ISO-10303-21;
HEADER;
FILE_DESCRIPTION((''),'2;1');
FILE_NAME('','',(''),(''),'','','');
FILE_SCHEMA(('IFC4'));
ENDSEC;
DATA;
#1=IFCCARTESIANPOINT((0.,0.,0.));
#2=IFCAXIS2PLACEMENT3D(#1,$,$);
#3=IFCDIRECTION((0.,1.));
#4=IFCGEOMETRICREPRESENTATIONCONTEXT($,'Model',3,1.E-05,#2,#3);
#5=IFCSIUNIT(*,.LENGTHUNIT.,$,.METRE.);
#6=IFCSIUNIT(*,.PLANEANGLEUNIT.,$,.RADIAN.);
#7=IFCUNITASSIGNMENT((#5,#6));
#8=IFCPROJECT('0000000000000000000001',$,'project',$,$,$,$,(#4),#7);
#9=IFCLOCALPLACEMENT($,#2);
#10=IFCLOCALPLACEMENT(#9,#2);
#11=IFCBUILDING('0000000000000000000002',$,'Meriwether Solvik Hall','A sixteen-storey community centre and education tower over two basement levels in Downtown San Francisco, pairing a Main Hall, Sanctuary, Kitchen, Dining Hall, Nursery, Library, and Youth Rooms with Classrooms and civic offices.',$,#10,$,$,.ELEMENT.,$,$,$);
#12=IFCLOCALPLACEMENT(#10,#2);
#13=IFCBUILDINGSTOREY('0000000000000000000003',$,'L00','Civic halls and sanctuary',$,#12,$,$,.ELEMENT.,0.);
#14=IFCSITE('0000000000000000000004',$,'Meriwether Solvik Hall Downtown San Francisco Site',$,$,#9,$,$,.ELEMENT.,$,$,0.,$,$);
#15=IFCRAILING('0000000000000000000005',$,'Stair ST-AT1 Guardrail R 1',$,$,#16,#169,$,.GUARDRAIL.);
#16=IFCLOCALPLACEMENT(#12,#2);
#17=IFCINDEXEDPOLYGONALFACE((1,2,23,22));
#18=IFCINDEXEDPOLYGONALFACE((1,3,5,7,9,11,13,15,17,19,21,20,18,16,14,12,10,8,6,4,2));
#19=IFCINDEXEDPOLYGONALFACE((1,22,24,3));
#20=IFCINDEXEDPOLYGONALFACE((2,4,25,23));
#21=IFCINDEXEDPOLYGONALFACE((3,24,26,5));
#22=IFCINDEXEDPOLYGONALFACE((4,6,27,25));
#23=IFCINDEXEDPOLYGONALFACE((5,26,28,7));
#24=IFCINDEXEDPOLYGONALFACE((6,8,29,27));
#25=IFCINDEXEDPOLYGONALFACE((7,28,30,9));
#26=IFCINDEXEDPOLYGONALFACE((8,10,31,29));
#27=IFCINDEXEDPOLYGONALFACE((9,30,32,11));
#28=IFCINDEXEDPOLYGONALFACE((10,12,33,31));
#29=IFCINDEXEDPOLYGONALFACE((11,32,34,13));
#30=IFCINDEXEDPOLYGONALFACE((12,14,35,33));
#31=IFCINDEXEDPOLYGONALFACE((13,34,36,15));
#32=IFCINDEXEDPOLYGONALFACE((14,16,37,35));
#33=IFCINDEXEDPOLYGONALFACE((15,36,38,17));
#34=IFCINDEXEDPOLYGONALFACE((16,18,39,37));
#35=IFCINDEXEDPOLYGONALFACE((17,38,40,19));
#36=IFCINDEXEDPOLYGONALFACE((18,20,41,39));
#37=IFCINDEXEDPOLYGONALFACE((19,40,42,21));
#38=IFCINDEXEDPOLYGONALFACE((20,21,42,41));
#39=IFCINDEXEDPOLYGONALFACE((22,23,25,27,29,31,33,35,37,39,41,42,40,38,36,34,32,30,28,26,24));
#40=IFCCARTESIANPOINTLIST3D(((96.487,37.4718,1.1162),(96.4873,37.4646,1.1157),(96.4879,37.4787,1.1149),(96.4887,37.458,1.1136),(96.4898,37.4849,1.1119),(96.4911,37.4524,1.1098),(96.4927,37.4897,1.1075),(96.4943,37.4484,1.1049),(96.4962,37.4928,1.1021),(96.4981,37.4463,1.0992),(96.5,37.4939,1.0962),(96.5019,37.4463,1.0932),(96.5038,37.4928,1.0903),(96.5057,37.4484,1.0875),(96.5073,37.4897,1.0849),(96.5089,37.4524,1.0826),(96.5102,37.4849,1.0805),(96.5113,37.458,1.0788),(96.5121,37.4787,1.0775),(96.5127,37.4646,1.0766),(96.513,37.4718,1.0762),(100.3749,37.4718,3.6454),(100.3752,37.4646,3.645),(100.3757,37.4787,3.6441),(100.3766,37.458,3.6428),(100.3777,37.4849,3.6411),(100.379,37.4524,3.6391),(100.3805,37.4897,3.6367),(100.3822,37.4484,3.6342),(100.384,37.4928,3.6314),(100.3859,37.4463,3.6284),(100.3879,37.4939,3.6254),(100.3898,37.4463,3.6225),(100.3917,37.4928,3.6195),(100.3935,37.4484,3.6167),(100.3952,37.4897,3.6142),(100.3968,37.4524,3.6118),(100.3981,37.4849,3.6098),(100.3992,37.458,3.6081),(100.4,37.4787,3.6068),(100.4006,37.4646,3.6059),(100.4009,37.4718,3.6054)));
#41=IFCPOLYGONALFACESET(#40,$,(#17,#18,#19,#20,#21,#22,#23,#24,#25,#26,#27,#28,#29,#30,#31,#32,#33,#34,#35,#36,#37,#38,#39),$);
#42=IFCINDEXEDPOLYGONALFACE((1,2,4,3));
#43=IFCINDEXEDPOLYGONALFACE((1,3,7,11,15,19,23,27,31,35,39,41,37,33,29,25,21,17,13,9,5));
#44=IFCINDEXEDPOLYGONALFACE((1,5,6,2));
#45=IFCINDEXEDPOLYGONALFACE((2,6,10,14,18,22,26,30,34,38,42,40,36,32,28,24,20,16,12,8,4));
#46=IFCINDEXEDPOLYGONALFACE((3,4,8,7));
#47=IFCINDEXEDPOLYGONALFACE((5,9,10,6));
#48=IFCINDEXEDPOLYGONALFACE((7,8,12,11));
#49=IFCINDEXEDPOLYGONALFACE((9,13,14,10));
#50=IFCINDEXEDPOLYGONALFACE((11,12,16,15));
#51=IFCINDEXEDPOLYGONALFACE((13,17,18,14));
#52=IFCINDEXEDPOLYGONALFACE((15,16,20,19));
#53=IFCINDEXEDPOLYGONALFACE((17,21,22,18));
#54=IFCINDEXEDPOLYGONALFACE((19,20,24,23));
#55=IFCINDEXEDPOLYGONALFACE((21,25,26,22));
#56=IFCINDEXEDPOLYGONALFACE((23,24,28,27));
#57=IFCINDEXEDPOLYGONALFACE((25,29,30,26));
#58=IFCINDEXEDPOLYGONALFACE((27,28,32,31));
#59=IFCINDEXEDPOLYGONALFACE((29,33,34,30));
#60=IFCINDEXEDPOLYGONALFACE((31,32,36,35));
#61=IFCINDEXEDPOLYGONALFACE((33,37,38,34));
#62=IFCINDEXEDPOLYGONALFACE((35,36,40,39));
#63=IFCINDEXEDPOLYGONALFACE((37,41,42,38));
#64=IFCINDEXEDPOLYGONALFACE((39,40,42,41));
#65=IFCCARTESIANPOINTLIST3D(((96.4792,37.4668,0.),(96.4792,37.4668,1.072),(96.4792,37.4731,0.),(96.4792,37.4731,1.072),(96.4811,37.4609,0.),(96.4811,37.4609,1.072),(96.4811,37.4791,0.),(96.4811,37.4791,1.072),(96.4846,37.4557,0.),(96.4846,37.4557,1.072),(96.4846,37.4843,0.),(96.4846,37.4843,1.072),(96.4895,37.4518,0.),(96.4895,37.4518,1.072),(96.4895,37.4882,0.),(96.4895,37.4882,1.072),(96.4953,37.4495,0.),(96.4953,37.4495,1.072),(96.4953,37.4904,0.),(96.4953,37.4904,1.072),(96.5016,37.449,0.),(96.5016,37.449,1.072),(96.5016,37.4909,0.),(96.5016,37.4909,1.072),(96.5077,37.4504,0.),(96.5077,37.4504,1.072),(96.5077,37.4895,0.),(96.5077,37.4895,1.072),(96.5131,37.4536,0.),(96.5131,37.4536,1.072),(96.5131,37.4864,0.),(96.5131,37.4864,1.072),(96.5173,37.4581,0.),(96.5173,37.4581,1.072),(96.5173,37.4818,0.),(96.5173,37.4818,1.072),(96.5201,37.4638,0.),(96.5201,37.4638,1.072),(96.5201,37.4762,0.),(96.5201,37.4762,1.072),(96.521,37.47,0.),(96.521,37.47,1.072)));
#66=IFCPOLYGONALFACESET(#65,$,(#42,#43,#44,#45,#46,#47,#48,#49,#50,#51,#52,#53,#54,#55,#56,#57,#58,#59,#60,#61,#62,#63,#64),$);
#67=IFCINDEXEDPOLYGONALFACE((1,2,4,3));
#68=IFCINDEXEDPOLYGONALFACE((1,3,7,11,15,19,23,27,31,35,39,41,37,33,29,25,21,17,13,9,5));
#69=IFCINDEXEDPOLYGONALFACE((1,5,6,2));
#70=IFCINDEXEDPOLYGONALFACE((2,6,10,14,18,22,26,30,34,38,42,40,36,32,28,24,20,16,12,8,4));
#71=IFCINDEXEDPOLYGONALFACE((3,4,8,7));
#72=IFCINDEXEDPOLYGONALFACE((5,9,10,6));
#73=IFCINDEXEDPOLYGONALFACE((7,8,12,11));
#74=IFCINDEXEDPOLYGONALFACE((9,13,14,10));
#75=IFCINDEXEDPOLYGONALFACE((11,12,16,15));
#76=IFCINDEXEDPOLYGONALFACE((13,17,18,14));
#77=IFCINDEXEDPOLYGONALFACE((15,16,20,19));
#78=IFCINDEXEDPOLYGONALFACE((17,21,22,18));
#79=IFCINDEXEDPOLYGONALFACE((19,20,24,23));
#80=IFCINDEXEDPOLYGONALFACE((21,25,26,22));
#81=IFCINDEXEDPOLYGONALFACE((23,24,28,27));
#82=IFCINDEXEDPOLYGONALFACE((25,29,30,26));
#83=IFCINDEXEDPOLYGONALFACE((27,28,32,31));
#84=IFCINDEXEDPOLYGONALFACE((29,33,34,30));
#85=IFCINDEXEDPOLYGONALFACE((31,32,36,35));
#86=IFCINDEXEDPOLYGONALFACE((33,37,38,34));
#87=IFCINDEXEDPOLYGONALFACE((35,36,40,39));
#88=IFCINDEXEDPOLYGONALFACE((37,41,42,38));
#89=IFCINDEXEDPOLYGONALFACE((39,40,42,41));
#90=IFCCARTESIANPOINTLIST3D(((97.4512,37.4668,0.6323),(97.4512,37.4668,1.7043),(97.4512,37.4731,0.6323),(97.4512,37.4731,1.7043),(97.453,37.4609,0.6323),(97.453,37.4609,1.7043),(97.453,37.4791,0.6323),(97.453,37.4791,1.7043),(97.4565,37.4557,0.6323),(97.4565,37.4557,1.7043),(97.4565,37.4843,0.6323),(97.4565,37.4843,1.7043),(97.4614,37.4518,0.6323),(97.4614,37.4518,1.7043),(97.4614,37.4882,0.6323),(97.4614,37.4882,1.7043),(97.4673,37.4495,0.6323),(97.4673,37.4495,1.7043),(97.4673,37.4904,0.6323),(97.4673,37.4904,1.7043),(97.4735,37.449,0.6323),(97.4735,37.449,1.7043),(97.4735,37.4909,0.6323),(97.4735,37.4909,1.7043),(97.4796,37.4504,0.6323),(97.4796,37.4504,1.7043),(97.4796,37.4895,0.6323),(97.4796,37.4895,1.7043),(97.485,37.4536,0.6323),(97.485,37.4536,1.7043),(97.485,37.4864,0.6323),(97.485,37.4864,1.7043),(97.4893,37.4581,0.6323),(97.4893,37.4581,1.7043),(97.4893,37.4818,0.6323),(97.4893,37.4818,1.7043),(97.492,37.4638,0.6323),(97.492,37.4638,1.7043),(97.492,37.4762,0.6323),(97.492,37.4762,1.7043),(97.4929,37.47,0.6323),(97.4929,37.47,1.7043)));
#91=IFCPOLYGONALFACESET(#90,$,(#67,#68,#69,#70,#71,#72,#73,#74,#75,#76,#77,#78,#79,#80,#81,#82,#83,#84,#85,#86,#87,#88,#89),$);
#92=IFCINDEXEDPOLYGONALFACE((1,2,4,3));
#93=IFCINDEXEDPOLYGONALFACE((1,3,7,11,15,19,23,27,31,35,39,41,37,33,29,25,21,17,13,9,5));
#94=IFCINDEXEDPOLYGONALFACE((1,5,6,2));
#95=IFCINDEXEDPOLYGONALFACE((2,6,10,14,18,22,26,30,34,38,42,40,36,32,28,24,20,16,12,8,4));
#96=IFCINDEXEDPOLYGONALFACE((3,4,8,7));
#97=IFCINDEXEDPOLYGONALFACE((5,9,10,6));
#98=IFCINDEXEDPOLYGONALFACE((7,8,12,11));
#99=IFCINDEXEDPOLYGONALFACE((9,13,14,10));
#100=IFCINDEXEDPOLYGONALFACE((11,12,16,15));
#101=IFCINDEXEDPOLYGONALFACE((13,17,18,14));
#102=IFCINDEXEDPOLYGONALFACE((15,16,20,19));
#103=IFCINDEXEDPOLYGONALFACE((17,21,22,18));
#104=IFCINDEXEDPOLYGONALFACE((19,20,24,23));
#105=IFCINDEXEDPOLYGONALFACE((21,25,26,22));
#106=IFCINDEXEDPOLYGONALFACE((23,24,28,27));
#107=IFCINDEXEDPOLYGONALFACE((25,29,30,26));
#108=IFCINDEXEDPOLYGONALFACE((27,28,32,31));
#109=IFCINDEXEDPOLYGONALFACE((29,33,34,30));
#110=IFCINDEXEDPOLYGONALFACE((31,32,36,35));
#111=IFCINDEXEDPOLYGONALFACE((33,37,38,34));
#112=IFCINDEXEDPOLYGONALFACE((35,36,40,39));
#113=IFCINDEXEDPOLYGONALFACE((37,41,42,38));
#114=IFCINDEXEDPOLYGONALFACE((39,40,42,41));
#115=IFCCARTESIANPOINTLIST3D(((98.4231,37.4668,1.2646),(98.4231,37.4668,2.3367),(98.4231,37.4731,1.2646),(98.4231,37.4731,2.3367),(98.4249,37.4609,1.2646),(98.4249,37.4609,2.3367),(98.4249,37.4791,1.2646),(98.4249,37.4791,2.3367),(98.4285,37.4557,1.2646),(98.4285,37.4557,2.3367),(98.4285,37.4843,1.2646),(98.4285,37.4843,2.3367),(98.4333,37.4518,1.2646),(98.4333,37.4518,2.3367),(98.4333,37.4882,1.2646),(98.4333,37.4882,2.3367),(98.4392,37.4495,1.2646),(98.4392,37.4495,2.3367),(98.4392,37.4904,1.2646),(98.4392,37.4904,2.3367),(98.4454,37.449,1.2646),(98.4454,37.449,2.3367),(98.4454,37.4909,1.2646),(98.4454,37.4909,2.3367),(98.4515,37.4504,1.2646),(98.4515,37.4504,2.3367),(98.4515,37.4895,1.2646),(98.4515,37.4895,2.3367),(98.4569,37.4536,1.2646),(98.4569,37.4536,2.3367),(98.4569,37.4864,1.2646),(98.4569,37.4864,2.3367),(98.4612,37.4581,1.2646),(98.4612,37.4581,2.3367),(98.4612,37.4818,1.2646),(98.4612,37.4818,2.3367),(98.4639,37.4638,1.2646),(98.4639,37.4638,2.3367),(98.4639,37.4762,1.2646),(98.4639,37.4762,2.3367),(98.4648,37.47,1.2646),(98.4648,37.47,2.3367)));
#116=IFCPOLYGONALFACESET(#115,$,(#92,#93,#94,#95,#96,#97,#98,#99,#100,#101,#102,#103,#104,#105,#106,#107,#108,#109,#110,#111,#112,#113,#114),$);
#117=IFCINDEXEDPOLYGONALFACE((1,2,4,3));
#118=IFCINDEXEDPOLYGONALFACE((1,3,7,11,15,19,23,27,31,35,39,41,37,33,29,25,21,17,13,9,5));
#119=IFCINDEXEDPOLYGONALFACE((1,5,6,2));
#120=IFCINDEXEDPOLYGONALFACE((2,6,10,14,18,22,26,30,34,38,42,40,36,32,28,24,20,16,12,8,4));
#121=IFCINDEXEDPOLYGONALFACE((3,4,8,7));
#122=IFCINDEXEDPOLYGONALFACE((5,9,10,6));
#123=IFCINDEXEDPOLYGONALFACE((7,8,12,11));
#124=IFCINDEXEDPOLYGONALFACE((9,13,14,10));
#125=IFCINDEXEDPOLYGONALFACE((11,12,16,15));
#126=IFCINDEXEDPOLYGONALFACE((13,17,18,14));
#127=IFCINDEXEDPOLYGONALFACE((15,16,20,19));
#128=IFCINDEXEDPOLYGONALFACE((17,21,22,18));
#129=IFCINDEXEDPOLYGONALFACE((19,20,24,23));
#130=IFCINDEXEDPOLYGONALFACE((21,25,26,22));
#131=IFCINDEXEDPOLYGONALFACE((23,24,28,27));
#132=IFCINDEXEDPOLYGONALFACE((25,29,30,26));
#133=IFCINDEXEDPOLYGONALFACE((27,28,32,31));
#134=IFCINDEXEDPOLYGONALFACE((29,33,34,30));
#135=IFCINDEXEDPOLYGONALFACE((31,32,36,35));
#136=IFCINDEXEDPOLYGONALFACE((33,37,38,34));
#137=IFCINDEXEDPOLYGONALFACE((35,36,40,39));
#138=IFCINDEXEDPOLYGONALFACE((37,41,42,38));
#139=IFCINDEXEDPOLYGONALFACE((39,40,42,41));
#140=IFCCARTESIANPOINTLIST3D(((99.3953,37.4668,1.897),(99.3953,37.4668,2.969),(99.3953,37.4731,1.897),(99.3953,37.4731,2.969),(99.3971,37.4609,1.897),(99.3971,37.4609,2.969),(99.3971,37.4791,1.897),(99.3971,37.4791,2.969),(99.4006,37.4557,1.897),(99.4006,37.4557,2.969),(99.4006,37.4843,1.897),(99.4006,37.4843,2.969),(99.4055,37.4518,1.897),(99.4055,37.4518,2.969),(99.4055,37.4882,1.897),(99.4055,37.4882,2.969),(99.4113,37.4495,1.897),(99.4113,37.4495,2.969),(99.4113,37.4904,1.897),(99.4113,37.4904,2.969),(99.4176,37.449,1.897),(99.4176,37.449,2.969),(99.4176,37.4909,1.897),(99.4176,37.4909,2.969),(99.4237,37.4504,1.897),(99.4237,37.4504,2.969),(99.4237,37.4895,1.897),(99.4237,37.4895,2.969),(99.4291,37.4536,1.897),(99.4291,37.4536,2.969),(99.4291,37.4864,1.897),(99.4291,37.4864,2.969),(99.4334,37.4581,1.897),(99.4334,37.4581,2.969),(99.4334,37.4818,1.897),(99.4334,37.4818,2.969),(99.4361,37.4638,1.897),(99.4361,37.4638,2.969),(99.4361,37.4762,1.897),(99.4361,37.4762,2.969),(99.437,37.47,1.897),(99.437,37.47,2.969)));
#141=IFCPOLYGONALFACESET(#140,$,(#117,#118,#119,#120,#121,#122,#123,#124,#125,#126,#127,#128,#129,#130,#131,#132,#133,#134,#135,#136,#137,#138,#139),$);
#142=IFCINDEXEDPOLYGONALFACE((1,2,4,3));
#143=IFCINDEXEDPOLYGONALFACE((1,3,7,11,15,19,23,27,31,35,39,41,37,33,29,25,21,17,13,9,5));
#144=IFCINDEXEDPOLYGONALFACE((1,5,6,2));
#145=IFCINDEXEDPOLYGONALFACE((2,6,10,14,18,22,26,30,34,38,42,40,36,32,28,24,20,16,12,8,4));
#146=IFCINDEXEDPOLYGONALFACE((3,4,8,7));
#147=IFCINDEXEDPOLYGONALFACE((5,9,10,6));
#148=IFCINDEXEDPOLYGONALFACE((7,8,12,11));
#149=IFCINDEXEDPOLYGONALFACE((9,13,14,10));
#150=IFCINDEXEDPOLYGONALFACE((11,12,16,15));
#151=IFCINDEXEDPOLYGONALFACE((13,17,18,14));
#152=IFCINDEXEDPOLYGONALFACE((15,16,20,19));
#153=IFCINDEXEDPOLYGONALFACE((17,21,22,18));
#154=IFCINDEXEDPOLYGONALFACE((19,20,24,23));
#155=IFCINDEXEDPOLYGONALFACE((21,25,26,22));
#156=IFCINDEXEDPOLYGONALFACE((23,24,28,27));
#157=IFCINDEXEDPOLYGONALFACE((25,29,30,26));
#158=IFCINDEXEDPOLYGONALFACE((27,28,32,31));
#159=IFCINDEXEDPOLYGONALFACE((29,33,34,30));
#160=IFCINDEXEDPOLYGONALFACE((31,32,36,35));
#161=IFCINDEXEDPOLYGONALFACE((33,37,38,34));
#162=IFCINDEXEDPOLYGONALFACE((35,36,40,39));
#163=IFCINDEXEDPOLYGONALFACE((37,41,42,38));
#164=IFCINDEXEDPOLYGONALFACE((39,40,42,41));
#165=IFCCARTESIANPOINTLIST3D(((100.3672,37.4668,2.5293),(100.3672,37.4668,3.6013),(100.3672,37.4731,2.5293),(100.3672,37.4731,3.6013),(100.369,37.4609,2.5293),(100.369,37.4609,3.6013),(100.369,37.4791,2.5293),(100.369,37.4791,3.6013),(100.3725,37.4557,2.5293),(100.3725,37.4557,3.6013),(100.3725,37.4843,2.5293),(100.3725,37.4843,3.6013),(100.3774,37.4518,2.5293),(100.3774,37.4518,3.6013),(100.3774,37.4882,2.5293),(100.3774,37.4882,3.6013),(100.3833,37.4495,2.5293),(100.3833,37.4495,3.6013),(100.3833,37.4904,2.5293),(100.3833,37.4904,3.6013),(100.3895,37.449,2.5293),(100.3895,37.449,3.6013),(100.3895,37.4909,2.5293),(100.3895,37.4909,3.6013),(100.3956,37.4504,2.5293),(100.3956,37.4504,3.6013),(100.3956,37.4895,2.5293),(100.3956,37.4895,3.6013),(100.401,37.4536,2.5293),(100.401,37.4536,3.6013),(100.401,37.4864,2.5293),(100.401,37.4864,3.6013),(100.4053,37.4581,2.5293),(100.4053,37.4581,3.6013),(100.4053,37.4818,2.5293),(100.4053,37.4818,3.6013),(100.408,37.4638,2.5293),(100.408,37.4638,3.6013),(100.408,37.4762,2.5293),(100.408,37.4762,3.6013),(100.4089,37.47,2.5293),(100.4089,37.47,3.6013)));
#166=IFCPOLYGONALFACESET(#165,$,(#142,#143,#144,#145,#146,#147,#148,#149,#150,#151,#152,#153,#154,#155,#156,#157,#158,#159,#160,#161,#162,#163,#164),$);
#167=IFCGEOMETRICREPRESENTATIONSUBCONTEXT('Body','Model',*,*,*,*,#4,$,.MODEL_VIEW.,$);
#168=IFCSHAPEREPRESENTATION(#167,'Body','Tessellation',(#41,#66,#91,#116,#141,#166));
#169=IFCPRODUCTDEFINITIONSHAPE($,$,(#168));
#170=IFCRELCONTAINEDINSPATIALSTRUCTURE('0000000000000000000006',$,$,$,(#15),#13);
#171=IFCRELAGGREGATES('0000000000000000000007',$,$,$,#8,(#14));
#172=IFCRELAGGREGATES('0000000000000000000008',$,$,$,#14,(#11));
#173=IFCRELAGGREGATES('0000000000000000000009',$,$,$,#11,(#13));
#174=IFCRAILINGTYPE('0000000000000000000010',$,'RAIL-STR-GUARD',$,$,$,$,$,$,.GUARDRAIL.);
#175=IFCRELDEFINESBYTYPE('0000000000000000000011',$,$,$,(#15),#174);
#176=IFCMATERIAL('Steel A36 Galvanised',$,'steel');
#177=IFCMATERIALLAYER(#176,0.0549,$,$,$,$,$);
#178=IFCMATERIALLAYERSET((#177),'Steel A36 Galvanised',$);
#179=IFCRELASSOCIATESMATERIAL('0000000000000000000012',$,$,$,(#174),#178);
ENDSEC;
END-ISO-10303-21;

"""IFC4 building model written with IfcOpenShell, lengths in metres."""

from ifc_helpers import new_model, si_unit, direction, frame, origin, origin_2d, place, context, subcontext, project, spatial, circle, extrude, material, layer, layer_set, type_object, element, save


model = new_model("IFC4")

# Units and contexts
model_context = context("Model", 3, precision=1e-05, world=origin(), true_north=direction((0.0, 1.0)))
body_context = subcontext(model_context, "Body", "Model", "MODEL_VIEW")
ifc_project = project(units=[si_unit("LENGTHUNIT", "METRE"), si_unit("PLANEANGLEUNIT", "RADIAN")], contexts=[model_context])

# Site, building, storey
site_placement = place(None, origin())
site = spatial("IfcSite", under=ifc_project, at=site_placement, Name="Meriwether Solvik Hall Downtown San Francisco Site", CompositionType="ELEMENT", RefElevation=0.0)
building_placement = place(site_placement, origin())
building = spatial("IfcBuilding", under=site, at=building_placement, Name="Meriwether Solvik Hall", Description="A sixteen-storey community centre and education tower over two basement levels in Downtown San Francisco, pairing a Main Hall, Sanctuary, Kitchen, Dining Hall, Nursery, Library, and Youth Rooms with Classrooms and civic offices.", CompositionType="ELEMENT")
storey_placement = place(building_placement, origin())
storey = spatial("IfcBuildingStorey", under=building, at=storey_placement, Name="L00", Description="Civic halls and sanctuary", CompositionType="ELEMENT", Elevation=0.0)

# Railing
ifc_material_1 = material(Name="Steel A36 Galvanised", Category="steel")
ifc_layer_1 = layer(ifc_material_1, 0.0549)
ifc_layer_set_1 = layer_set([ifc_layer_1], Name="Steel A36 Galvanised")
railing_type_1 = type_object("IfcRailingType", Name="RAIL-STR-GUARD", PredefinedType="GUARDRAIL", material=ifc_layer_set_1)
railing_1_placement = place(storey_placement, frame((96.5, 37.47, 0.0)))
element("IfcRailing", 1, at=railing_1_placement, inside=storey, type_object=railing_type_1, Name="Stair ST-AT1 Guardrail R 1", PredefinedType="GUARDRAIL", context=body_context, shape_type="SweptSolid", body=[
    extrude(circle(Radius=0.0239, at=origin_2d()), frame((0.0, 0.0, 1.0962), z_axis=(0.838233, 0.0, 0.545312), x_axis=(0.0, 1.0, 0.0)), (0.0, 0.0, 1.0), 4.6382),
    extrude(circle(Radius=0.021, at=origin_2d()), origin(), (0.0, 0.0, 1.0), 1.072),
    extrude(circle(Radius=0.021, at=origin_2d()), frame((0.9719, 0.0, 0.6323)), (0.0, 0.0, 1.0), 1.072),
    extrude(circle(Radius=0.021, at=origin_2d()), frame((1.9438, 0.0, 1.2646)), (0.0, 0.0, 1.0), 1.072),
    extrude(circle(Radius=0.021, at=origin_2d()), frame((2.916, 0.0, 1.897)), (0.0, 0.0, 1.0), 1.072),
    extrude(circle(Radius=0.021, at=origin_2d()), frame((3.8879, 0.0, 2.5293)), (0.0, 0.0, 1.0), 1.072),
])

save(model, "model.ifc")
